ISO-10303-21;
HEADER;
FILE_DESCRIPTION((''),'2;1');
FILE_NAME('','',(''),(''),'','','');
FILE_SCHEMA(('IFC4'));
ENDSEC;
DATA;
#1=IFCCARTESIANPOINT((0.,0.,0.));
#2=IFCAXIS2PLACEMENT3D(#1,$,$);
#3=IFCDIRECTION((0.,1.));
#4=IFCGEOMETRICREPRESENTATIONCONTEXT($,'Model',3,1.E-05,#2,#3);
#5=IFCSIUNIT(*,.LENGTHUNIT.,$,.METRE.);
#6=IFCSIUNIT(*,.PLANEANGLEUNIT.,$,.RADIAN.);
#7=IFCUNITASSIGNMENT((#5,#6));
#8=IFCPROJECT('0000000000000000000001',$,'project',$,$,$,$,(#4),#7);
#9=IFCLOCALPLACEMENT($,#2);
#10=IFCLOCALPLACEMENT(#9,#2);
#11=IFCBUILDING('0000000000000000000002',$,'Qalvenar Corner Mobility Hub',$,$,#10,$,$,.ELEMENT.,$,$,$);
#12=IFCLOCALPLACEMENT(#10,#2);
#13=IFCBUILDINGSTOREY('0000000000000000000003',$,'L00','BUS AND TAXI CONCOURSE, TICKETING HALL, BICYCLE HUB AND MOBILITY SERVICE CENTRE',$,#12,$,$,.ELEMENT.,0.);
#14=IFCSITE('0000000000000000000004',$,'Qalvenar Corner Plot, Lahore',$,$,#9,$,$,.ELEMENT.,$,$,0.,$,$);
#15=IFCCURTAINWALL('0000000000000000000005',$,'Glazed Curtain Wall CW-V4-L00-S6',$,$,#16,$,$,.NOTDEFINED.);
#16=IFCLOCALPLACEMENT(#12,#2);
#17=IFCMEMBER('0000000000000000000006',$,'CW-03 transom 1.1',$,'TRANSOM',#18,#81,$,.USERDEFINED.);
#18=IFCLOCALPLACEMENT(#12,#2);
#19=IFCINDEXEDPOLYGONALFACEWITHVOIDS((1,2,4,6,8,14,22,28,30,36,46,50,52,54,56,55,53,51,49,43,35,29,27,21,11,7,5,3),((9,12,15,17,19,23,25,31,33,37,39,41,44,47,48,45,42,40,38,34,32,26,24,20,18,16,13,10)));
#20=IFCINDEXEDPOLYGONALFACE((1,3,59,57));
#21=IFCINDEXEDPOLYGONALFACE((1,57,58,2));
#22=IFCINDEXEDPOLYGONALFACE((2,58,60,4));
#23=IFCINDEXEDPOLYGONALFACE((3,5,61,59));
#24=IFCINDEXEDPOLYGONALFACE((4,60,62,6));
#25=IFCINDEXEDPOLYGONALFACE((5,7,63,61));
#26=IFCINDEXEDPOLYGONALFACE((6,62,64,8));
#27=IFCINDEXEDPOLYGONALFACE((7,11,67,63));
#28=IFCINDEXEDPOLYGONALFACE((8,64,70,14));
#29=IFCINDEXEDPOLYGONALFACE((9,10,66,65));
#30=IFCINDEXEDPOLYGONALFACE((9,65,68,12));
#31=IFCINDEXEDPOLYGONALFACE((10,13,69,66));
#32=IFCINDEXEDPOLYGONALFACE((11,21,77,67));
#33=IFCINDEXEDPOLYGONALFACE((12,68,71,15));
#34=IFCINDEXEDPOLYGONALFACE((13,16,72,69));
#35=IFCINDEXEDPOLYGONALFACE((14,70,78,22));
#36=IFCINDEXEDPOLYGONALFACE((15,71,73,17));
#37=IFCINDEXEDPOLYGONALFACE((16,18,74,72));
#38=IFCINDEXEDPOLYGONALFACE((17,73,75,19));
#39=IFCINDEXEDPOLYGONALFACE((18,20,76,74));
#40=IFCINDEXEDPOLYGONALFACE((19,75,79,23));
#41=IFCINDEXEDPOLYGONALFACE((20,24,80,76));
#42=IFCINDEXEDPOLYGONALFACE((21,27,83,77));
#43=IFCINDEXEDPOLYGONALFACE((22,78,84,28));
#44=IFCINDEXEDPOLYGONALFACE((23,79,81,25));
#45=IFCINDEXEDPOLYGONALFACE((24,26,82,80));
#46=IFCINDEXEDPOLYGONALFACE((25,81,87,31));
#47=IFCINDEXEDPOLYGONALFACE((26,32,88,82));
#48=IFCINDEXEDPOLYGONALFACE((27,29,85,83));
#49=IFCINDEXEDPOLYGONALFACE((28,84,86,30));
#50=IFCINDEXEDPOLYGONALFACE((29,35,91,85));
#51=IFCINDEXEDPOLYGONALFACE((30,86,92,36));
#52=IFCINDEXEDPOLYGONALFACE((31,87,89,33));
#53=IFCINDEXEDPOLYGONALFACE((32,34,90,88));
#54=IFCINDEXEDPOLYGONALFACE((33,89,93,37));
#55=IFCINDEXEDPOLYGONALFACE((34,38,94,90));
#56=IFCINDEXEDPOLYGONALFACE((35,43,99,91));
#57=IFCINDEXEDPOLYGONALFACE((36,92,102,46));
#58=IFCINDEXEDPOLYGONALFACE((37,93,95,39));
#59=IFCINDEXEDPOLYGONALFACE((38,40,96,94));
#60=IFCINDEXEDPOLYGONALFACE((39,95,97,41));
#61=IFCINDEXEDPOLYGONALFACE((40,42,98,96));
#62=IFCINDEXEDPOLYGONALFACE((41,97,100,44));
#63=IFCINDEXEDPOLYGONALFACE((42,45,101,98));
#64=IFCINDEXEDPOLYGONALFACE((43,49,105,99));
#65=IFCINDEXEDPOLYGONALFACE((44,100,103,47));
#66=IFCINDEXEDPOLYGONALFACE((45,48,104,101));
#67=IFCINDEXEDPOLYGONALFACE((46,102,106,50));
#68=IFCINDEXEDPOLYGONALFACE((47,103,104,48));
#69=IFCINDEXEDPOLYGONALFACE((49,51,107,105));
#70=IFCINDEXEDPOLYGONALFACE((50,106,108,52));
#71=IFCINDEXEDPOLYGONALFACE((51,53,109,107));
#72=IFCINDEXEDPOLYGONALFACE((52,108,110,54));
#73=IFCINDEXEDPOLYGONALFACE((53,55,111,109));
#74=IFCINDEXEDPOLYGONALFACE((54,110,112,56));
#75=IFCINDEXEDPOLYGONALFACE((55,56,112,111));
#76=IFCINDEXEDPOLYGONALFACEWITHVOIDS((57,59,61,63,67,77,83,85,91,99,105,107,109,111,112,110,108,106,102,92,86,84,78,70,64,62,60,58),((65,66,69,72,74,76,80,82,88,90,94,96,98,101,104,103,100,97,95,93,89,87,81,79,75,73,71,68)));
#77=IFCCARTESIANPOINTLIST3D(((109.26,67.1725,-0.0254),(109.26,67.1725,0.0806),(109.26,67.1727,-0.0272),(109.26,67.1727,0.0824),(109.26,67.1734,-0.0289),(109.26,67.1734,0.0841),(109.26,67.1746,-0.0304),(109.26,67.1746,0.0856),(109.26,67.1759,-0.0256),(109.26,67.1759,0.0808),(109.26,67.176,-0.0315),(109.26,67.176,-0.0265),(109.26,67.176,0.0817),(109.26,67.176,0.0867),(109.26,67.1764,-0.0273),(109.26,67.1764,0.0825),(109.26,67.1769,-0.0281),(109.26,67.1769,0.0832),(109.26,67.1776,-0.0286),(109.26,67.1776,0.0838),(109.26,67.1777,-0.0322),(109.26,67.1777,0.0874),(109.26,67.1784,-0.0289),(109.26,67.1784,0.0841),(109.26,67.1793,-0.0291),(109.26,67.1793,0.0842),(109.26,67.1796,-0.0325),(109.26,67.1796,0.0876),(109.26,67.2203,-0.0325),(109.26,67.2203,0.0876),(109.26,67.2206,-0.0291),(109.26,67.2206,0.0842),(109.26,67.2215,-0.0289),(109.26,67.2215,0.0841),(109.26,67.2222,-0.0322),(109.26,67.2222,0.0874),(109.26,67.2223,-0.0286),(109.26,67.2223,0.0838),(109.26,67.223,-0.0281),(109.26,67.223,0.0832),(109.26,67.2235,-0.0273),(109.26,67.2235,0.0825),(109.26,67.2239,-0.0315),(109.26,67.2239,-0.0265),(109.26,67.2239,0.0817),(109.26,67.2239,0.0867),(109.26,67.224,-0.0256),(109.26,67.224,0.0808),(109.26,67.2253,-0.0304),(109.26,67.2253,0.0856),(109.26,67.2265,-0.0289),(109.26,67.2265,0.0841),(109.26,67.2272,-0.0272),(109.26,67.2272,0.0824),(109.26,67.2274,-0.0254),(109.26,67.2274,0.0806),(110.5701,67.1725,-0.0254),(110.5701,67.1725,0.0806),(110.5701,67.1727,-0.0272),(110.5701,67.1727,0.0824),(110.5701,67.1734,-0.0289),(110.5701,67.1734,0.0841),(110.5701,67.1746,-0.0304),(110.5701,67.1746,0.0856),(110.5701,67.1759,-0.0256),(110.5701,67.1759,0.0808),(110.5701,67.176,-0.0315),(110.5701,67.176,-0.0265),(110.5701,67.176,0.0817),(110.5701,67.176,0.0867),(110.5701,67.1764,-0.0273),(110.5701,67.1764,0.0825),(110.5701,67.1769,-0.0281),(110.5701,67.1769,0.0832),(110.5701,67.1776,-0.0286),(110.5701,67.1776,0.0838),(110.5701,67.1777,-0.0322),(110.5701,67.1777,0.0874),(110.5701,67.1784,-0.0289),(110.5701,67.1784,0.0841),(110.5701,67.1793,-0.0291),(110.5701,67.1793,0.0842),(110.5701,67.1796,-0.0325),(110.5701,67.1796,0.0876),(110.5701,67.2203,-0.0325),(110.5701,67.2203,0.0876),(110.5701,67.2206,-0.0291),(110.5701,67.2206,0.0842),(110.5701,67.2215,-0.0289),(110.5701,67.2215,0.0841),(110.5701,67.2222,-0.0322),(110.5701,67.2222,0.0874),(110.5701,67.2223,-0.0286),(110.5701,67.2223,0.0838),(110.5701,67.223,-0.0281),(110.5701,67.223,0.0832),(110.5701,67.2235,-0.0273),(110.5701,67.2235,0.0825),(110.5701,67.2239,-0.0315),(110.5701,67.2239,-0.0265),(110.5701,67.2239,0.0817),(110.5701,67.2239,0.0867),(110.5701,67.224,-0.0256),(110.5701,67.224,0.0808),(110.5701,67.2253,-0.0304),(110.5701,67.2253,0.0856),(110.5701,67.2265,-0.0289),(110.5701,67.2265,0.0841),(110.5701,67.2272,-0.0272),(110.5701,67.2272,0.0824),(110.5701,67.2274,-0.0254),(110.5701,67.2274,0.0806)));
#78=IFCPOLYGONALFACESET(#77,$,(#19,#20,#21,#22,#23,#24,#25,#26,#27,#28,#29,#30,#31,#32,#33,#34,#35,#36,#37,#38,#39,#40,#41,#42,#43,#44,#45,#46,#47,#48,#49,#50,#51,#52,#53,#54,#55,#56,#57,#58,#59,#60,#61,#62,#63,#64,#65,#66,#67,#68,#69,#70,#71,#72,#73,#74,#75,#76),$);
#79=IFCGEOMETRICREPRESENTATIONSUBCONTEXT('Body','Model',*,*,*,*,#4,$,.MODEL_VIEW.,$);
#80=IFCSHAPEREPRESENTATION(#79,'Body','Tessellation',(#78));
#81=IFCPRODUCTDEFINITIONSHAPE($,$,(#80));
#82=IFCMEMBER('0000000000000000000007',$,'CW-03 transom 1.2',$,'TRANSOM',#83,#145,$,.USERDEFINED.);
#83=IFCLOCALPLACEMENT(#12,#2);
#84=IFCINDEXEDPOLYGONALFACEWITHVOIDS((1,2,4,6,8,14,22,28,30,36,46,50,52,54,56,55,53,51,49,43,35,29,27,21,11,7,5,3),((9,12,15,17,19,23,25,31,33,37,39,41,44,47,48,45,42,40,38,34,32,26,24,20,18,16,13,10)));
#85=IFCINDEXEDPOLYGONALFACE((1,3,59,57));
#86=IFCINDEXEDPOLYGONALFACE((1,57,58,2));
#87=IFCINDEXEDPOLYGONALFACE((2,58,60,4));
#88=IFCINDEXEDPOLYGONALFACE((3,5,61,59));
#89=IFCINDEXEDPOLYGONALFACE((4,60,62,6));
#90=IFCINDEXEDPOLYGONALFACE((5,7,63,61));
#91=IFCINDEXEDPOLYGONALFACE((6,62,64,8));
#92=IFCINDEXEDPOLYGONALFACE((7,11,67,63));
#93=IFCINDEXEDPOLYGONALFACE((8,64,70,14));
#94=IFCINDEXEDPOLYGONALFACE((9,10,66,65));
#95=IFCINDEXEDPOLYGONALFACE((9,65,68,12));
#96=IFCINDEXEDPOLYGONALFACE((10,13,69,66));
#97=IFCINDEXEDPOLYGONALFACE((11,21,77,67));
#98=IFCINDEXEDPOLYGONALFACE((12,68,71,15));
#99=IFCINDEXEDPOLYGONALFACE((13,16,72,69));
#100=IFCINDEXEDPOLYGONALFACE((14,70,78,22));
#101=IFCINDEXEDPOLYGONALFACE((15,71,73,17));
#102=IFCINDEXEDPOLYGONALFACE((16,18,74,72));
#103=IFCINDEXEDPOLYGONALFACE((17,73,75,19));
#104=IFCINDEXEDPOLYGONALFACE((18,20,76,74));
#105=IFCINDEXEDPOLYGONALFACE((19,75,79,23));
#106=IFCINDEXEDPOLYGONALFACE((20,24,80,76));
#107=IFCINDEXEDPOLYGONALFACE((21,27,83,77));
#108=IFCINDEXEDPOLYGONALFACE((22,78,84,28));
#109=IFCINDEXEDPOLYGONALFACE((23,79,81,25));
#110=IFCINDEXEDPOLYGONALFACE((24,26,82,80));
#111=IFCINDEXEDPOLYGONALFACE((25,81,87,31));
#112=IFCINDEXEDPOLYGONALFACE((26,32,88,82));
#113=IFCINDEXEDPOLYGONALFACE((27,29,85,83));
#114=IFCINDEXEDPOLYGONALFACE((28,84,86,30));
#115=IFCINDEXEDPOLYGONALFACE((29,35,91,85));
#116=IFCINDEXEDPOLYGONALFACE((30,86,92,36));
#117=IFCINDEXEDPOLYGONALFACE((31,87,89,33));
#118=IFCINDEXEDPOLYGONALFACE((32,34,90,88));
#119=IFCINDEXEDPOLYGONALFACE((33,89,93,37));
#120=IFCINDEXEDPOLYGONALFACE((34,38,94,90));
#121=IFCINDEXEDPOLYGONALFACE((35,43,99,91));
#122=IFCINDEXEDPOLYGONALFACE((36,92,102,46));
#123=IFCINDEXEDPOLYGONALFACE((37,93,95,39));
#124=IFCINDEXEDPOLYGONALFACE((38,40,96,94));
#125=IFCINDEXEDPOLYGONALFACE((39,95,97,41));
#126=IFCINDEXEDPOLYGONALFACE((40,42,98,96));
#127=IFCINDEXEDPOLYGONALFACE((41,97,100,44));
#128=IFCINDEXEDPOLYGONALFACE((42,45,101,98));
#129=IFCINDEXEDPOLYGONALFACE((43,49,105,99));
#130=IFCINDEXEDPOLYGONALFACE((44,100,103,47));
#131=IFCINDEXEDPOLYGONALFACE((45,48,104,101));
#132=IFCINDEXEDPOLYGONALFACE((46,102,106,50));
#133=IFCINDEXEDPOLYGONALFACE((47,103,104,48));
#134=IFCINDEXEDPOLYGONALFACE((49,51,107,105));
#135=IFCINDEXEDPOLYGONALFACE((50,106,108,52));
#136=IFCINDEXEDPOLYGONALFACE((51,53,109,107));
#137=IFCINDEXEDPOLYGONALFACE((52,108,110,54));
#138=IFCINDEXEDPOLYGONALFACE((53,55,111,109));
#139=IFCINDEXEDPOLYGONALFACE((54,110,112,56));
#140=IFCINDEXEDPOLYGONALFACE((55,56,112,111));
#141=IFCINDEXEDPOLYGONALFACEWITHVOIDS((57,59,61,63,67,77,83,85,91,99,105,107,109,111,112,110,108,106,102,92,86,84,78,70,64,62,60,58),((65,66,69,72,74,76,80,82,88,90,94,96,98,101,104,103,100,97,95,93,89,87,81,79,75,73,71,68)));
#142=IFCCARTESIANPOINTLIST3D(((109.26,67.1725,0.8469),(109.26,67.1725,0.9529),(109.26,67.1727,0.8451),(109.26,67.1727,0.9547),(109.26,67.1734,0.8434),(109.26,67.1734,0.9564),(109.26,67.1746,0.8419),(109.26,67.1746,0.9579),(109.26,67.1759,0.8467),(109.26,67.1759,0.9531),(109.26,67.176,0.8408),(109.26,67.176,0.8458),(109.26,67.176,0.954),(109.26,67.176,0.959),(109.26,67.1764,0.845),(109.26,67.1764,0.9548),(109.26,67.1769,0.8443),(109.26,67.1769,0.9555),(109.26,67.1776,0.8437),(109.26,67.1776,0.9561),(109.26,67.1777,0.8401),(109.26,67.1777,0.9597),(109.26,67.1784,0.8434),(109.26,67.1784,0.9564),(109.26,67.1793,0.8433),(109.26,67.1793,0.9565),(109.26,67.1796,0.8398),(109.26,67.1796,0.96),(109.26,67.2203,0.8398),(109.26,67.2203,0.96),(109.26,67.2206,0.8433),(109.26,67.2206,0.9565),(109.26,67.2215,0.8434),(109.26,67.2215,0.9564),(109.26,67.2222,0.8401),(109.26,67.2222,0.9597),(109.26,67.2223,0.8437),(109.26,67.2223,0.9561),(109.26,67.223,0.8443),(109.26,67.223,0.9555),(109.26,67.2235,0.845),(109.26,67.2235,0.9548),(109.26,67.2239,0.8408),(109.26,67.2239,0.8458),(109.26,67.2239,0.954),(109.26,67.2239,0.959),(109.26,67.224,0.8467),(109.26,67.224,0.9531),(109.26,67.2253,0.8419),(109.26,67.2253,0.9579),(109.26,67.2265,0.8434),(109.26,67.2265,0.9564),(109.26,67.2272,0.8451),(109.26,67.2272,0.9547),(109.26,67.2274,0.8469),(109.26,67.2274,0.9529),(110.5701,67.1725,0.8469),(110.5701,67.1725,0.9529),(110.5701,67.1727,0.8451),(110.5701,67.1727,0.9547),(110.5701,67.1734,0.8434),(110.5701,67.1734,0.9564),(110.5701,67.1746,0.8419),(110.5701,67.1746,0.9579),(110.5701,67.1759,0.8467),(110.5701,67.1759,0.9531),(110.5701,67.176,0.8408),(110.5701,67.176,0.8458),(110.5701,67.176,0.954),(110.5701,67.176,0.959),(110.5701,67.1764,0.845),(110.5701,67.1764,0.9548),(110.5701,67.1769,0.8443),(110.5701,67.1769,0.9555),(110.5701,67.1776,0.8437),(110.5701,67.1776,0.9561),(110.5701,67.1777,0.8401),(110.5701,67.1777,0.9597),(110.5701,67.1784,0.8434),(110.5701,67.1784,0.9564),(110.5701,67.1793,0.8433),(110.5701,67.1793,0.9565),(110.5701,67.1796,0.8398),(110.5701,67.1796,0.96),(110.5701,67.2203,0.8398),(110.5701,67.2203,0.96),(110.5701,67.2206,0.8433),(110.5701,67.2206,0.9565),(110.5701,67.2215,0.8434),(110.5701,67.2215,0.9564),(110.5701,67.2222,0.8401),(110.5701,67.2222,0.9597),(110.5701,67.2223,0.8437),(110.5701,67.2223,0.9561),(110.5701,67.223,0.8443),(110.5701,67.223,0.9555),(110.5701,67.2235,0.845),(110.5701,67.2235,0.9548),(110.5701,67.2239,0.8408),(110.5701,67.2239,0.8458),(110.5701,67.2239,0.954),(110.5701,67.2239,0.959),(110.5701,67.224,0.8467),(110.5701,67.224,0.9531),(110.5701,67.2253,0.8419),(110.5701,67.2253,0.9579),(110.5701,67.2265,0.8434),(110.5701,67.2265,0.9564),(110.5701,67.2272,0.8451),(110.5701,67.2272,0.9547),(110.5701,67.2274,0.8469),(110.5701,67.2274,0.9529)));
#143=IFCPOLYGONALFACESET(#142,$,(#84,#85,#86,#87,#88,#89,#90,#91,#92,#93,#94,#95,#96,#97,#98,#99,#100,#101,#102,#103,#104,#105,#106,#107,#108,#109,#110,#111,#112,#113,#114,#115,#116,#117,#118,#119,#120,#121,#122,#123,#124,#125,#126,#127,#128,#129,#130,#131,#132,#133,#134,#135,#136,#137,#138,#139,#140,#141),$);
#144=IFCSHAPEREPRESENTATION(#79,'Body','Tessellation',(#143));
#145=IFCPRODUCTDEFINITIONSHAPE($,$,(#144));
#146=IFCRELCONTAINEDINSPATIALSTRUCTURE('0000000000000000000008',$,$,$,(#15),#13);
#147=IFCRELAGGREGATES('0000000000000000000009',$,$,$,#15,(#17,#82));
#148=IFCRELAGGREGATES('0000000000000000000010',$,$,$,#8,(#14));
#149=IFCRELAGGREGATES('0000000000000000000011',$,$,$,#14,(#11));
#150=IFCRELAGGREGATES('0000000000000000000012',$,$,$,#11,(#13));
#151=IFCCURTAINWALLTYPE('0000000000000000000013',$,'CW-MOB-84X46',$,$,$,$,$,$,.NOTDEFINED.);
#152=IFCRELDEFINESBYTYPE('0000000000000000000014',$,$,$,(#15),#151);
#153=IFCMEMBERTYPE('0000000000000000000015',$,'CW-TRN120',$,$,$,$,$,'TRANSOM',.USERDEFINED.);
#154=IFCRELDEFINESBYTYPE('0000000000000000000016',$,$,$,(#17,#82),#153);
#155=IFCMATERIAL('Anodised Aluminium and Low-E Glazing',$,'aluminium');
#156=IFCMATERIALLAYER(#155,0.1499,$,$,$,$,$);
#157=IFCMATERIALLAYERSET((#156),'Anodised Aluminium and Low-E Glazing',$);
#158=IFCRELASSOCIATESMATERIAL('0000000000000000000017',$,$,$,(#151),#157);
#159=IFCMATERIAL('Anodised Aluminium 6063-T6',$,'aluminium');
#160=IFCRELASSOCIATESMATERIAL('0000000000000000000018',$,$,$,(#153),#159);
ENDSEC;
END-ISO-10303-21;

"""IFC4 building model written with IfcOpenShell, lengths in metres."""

from ifc_helpers import new_model, si_unit, direction, frame, origin, origin_2d, place, context, subcontext, project, spatial, hollow_rectangle, extrude, material, layer, layer_set, material_profile, profile_set, type_object, element, aggregate, save


model = new_model("IFC4")

# Units and contexts
model_context = context("Model", 3, precision=1e-05, world=origin(), true_north=direction((0.0, 1.0)))
body_context = subcontext(model_context, "Body", "Model", "MODEL_VIEW")
ifc_project = project(units=[si_unit("LENGTHUNIT", "METRE"), si_unit("PLANEANGLEUNIT", "RADIAN")], contexts=[model_context])

# Site, building, storey
site_placement = place(None, origin())
site = spatial("IfcSite", under=ifc_project, at=site_placement, Name="Qalvenar Corner Plot, Lahore", CompositionType="ELEMENT", RefElevation=0.0)
building_placement = place(site_placement, origin())
building = spatial("IfcBuilding", under=site, at=building_placement, Name="Qalvenar Corner Mobility Hub", CompositionType="ELEMENT")
storey_placement = place(building_placement, origin())
storey = spatial("IfcBuildingStorey", under=building, at=storey_placement, Name="L00", Description="BUS AND TAXI CONCOURSE, TICKETING HALL, BICYCLE HUB AND MOBILITY SERVICE CENTRE", CompositionType="ELEMENT", Elevation=0.0)

# Curtain wall
ifc_material_1 = material(Name="Anodised Aluminium and Low-E Glazing", Category="aluminium")
ifc_layer_1 = layer(ifc_material_1, 0.1499)
ifc_layer_set_1 = layer_set([ifc_layer_1], Name="Anodised Aluminium and Low-E Glazing")
curtain_wall_type = type_object("IfcCurtainWallType", Name="CW-MOB-84X46", PredefinedType="NOTDEFINED", material=ifc_layer_set_1)
ifc_material_2 = material(Name="Anodised Aluminium 6063-T6", Category="aluminium")
curtain_wall_1_placement = place(storey_placement, origin())
curtain_wall_1 = element("IfcCurtainWall", 1, at=curtain_wall_1_placement, inside=storey, type_object=curtain_wall_type, Name="Glazed Curtain Wall CW-V4-L00-S6", PredefinedType="NOTDEFINED")

# Members
ifc_material_profile_1 = material_profile(ifc_material_2, hollow_rectangle(XDim=0.0549, YDim=0.1201, WallThickness=0.0034, InnerFilletRadius=0.0034, OuterFilletRadius=0.0071, at=origin_2d()), Name="RHS120x55x3.5")
ifc_profile_set_1 = profile_set([ifc_material_profile_1], Name="Anodised Aluminium 6063-T6")
member_type_1 = type_object("IfcMemberType", Name="CW-TRN120", ElementType="TRANSOM", PredefinedType="USERDEFINED", material=ifc_profile_set_1)
member_1_placement = place(storey_placement, frame((109.26, 67.2, 0.0276), z_axis=(1.0, 0.0, 0.0), x_axis=(0.0, 1.0, 0.0)))
member_1 = element("IfcMember", 2, at=member_1_placement, type_object=member_type_1, Name="CW-03 transom 1.1", ObjectType="TRANSOM", PredefinedType="USERDEFINED", context=body_context, shape_type="SweptSolid", body=[
    extrude(hollow_rectangle(XDim=0.0549, YDim=0.1201, WallThickness=0.0034, InnerFilletRadius=0.0034, OuterFilletRadius=0.0071, at=origin_2d()), origin(), (0.0, 0.0, 1.0), 1.3101),
])
member_2_placement = place(storey_placement, frame((109.26, 67.2, 0.8999), z_axis=(1.0, 0.0, 0.0), x_axis=(0.0, 1.0, 0.0)))
member_2 = element("IfcMember", 3, at=member_2_placement, type_object=member_type_1, Name="CW-03 transom 1.2", ObjectType="TRANSOM", PredefinedType="USERDEFINED", context=body_context, shape_type="SweptSolid", body=[
    extrude(hollow_rectangle(XDim=0.0549, YDim=0.1201, WallThickness=0.0034, InnerFilletRadius=0.0034, OuterFilletRadius=0.0071, at=origin_2d()), origin(), (0.0, 0.0, 1.0), 1.3101),
])

aggregate(curtain_wall_1, [member_1, member_2])

save(model, "model.ifc")
